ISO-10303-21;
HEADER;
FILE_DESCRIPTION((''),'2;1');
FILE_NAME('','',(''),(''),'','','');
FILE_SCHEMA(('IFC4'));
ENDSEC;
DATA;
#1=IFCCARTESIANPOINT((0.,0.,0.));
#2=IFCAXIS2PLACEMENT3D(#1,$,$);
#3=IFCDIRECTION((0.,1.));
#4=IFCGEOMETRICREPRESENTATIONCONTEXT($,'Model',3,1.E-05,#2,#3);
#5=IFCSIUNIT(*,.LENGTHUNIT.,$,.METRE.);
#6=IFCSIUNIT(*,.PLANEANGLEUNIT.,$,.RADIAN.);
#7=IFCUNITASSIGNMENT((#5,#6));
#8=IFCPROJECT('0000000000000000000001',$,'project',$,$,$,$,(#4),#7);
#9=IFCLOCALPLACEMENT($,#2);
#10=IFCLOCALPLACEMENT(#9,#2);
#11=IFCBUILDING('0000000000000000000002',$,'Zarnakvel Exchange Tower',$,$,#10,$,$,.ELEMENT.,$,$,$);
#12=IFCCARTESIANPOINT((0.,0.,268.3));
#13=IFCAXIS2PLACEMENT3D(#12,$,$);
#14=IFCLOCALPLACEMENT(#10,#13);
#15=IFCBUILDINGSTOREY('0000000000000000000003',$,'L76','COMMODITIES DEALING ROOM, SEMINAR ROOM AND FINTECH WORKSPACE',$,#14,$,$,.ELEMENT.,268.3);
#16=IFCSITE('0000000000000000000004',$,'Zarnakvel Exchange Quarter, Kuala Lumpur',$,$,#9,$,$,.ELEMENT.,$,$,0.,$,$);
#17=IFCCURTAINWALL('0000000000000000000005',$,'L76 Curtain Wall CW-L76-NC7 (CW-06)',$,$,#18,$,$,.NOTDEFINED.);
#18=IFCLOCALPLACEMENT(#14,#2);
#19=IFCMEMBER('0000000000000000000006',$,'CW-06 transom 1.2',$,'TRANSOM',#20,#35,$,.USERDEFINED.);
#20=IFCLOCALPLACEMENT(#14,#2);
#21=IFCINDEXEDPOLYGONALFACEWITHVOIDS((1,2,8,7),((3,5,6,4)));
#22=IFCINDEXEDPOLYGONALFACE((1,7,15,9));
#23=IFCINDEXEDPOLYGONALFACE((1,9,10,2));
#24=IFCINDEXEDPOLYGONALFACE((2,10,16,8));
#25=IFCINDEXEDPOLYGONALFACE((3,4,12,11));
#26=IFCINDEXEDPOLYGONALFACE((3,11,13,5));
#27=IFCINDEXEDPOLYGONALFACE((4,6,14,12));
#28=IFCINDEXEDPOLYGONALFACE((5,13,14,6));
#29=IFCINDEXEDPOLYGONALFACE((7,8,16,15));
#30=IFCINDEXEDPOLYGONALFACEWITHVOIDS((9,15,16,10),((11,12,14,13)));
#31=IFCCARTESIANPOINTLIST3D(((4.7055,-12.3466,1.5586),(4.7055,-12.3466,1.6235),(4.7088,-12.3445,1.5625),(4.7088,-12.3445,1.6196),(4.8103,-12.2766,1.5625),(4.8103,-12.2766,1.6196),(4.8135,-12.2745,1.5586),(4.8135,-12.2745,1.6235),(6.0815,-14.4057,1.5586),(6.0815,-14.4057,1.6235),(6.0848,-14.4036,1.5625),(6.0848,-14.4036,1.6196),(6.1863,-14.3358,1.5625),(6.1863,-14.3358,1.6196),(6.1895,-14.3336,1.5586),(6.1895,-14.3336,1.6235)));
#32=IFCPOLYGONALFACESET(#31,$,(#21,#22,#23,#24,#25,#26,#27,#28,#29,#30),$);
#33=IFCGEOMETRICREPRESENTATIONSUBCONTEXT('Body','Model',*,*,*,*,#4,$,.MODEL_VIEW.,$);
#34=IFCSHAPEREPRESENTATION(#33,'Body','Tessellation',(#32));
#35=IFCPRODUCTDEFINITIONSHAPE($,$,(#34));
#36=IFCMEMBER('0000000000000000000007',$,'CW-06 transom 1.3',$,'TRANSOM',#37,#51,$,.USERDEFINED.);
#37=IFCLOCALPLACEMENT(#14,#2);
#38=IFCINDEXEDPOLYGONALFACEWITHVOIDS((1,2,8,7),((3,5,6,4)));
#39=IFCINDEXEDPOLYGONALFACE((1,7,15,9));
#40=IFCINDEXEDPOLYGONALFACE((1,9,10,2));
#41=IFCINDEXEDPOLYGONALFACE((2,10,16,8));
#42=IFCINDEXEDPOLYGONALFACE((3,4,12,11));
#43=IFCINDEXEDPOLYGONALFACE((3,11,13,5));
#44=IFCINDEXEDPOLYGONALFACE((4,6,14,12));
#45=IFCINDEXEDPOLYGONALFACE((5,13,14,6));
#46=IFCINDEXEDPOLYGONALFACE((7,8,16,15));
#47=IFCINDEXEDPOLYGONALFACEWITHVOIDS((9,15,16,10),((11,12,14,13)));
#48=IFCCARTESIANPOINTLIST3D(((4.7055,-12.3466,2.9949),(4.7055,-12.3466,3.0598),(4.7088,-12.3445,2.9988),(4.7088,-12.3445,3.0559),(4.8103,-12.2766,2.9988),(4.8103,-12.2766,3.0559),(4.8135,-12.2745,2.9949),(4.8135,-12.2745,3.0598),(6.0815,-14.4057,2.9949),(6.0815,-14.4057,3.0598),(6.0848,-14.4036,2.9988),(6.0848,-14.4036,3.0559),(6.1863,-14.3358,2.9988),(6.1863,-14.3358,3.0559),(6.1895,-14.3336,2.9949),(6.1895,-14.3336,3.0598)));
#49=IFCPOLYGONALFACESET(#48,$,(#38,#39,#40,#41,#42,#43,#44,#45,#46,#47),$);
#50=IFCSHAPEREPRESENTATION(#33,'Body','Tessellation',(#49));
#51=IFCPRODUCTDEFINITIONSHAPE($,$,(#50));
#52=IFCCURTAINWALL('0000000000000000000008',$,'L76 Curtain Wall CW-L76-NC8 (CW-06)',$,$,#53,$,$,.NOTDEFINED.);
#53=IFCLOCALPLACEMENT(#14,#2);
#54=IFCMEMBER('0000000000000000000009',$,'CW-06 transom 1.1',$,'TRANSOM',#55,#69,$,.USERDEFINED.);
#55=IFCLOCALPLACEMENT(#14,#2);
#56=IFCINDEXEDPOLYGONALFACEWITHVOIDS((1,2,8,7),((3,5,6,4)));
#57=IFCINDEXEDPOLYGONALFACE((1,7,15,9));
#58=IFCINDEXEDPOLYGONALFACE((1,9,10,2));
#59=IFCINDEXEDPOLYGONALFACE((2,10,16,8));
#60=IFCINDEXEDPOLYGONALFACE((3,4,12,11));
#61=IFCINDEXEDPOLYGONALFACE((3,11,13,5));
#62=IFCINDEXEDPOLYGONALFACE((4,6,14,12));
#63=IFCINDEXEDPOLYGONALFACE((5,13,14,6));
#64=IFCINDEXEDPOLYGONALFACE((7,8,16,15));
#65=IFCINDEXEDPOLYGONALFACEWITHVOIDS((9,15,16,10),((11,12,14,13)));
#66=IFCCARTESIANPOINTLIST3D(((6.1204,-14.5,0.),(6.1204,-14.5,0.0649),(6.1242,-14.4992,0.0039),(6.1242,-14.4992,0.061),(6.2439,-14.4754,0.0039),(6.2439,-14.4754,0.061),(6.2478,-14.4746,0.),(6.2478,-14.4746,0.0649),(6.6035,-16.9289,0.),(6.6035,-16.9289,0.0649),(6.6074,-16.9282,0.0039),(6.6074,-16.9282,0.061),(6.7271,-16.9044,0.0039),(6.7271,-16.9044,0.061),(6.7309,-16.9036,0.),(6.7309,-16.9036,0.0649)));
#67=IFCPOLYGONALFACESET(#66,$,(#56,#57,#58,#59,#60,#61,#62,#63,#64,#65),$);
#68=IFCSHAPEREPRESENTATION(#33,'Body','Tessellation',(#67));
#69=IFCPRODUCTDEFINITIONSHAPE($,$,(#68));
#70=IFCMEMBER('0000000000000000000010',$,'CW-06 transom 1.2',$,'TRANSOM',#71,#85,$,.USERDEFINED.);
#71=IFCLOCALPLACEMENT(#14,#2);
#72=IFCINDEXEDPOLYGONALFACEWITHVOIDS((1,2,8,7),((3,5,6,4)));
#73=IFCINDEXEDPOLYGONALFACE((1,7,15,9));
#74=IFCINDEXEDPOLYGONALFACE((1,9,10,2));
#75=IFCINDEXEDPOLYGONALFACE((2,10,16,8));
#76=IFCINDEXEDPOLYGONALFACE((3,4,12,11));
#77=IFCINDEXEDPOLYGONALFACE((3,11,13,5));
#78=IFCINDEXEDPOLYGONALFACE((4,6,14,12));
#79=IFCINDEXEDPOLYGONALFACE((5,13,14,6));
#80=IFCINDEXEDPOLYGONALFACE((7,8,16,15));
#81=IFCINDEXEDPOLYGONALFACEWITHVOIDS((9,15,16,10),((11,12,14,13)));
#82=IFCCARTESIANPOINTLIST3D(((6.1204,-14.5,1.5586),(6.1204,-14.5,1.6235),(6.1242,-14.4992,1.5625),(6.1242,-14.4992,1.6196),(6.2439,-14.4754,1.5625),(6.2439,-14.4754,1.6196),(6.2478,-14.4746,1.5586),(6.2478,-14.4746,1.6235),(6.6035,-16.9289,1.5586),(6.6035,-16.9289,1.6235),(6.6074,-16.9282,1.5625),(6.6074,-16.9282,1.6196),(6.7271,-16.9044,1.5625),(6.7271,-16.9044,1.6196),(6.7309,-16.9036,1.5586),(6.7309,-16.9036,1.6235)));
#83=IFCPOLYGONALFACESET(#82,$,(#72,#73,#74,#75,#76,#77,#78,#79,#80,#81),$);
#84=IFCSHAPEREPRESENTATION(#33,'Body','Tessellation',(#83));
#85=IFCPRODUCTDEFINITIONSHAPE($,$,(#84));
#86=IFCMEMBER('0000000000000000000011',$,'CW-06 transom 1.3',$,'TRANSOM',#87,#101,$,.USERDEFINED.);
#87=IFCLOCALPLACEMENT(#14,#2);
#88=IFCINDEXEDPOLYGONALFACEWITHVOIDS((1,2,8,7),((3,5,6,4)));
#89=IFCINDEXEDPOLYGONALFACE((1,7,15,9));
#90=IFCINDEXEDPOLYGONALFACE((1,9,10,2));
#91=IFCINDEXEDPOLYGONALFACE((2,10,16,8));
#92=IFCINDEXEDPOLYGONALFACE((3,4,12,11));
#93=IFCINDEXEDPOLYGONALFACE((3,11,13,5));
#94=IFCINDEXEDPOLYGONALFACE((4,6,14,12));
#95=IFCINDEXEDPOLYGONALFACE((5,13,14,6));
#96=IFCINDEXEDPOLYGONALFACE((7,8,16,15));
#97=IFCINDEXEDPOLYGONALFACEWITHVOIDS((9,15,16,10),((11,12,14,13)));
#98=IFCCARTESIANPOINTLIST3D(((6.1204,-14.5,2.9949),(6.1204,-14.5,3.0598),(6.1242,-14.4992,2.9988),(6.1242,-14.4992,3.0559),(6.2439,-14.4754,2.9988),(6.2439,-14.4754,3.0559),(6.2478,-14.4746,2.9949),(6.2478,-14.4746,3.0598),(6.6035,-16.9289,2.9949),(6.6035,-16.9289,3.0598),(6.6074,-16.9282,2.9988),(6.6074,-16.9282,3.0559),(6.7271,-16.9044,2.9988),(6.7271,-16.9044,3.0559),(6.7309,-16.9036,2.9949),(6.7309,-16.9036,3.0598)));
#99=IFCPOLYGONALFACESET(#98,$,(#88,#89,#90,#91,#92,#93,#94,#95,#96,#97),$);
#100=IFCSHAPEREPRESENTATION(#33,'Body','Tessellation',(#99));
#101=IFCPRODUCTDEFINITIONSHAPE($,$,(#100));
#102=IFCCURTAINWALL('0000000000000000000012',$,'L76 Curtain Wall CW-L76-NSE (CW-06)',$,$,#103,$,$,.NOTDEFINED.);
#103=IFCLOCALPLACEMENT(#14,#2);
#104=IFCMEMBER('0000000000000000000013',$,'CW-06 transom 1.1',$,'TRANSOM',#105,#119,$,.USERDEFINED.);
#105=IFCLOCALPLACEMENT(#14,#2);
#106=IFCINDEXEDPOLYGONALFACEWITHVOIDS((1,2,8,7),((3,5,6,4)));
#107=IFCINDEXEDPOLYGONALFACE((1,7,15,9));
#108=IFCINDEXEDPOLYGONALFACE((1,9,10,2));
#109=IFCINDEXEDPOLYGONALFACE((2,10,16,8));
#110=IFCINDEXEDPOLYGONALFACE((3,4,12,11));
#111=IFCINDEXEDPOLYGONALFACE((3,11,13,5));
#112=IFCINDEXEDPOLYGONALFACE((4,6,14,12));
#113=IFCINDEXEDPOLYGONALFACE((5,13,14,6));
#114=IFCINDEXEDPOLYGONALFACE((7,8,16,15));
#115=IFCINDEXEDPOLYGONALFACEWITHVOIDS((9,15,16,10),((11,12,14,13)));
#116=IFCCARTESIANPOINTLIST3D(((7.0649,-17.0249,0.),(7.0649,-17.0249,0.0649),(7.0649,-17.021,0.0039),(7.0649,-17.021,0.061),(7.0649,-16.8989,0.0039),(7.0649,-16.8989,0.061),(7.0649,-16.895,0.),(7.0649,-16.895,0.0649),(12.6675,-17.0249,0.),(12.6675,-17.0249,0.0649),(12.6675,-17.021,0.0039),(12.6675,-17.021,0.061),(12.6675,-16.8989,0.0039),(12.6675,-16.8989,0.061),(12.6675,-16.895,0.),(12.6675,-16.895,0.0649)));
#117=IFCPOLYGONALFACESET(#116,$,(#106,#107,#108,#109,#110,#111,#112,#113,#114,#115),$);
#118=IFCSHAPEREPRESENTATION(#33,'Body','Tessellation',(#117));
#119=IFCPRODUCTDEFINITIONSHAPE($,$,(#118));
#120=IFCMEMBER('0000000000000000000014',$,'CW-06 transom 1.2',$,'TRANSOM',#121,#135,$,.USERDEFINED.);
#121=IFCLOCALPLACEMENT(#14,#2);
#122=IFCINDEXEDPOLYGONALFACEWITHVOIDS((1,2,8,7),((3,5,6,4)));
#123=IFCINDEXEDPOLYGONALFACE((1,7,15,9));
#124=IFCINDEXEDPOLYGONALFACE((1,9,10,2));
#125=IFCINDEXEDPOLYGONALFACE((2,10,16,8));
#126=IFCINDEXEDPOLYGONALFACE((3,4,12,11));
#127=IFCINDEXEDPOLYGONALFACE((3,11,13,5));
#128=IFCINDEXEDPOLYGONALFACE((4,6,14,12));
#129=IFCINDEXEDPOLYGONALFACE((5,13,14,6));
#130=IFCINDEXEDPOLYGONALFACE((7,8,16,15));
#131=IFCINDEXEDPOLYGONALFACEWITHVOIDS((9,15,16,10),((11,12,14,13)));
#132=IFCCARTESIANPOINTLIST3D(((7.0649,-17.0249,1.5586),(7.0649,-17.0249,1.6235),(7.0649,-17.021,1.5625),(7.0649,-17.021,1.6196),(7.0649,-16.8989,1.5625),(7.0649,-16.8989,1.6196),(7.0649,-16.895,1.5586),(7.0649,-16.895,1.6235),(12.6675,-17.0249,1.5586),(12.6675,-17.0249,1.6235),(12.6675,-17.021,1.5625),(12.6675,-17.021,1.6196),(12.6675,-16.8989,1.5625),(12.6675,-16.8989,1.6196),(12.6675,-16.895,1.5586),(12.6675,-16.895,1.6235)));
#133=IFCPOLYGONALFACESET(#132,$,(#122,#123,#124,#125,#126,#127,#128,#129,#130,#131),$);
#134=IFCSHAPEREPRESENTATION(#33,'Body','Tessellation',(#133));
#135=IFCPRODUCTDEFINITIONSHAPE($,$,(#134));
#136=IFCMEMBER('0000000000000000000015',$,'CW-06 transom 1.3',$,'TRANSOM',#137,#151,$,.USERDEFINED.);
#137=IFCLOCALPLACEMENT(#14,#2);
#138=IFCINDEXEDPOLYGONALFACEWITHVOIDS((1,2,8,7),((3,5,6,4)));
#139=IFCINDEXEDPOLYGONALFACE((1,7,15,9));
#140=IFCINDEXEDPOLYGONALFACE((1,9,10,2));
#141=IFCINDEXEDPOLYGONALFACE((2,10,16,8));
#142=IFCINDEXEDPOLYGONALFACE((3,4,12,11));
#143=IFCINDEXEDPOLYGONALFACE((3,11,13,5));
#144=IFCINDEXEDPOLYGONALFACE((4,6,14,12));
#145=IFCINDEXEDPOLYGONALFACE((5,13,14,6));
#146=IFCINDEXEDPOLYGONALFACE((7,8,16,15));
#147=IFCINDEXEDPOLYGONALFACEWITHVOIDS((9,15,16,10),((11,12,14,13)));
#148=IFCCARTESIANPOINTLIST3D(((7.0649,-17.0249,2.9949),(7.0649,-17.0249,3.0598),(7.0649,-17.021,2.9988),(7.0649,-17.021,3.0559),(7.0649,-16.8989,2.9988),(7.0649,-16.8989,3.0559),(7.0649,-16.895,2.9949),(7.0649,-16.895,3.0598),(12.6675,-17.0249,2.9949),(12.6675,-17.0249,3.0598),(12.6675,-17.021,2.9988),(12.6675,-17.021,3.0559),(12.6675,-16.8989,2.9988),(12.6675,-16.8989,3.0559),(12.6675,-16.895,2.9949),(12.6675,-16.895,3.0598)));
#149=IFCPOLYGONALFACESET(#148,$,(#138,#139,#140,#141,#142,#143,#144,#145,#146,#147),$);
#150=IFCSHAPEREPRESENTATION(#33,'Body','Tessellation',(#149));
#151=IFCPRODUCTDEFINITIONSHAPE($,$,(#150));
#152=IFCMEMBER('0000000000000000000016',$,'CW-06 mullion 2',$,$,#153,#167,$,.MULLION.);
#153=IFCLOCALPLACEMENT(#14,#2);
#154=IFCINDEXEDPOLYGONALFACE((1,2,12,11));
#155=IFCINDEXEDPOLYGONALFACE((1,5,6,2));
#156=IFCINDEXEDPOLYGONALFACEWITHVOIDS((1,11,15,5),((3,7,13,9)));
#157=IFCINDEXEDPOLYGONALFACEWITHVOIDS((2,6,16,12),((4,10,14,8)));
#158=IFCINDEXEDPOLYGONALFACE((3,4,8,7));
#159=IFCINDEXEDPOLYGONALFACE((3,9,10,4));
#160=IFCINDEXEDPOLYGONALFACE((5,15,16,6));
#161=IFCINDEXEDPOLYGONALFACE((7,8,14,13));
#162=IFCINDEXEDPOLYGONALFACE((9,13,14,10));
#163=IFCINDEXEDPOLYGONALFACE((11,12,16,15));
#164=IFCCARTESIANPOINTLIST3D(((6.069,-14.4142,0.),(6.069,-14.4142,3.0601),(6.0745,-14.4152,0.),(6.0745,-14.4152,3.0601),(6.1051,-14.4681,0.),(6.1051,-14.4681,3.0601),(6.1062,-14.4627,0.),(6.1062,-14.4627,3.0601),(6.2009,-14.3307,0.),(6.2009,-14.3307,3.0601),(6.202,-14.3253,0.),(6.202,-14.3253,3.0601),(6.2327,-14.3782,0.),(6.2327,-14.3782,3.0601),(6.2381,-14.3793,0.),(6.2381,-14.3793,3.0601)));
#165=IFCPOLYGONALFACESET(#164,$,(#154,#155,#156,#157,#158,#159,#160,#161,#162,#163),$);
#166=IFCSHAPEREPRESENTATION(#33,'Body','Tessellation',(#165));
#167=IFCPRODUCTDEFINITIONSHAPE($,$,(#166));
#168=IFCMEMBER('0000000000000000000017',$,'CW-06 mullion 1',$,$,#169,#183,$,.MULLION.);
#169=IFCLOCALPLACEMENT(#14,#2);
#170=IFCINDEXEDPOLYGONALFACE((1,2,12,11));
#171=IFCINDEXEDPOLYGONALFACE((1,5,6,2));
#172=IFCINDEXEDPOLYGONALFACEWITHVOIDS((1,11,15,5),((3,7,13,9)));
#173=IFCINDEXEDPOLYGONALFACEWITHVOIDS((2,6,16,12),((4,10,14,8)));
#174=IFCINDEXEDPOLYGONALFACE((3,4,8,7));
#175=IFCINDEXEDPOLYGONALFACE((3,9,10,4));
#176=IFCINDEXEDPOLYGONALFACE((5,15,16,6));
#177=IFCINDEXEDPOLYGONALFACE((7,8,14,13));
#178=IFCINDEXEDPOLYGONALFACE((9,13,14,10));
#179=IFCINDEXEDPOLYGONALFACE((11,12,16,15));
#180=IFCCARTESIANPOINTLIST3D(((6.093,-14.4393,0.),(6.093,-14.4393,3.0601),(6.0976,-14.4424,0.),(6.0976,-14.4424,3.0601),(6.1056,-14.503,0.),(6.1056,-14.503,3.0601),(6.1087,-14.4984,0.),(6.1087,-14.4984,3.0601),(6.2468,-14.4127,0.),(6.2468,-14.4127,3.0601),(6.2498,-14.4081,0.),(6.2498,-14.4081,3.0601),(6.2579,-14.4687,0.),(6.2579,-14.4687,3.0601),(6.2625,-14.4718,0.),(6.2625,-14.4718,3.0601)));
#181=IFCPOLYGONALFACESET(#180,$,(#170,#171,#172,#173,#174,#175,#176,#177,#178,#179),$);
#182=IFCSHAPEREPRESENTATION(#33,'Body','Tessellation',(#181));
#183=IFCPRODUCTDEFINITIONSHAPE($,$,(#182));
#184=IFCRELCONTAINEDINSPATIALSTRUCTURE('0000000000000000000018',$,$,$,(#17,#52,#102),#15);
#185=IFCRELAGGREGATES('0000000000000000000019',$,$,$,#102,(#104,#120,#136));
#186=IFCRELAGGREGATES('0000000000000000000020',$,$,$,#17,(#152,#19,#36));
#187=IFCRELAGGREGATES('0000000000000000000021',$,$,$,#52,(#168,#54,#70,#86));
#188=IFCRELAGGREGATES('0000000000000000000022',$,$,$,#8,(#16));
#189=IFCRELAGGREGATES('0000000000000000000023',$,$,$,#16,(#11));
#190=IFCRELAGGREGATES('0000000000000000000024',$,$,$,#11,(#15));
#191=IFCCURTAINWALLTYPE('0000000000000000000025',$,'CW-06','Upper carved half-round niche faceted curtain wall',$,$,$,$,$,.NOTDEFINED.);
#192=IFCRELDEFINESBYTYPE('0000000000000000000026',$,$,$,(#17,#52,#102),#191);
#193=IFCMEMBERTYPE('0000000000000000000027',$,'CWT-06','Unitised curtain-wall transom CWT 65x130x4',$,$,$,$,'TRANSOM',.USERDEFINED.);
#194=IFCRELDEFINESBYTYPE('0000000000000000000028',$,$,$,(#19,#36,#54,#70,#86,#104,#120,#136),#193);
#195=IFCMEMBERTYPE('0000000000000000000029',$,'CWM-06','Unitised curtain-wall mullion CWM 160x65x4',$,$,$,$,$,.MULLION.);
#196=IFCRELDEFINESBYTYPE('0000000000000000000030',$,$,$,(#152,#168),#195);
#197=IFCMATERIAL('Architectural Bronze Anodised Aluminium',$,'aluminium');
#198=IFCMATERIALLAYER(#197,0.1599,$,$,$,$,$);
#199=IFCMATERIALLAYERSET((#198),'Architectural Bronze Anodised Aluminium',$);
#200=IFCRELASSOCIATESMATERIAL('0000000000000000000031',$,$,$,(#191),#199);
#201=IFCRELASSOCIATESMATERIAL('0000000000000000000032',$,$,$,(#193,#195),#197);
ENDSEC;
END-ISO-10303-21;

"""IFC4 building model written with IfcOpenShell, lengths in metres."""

from ifc_helpers import new_model, si_unit, direction, frame, origin, origin_2d, place, context, subcontext, project, spatial, hollow_rectangle, extrude, source, transform, mapped, material, layer, layer_set, material_profile, profile_set, type_object, element, aggregate, save


model = new_model("IFC4")

# Units and contexts
model_context = context("Model", 3, precision=1e-05, world=origin(), true_north=direction((0.0, 1.0)))
body_context = subcontext(model_context, "Body", "Model", "MODEL_VIEW")
ifc_project = project(units=[si_unit("LENGTHUNIT", "METRE"), si_unit("PLANEANGLEUNIT", "RADIAN")], contexts=[model_context])

# Site, building, storey
site_placement = place(None, origin())
site = spatial("IfcSite", under=ifc_project, at=site_placement, Name="Zarnakvel Exchange Quarter, Kuala Lumpur", CompositionType="ELEMENT", RefElevation=0.0)
building_placement = place(site_placement, origin())
building = spatial("IfcBuilding", under=site, at=building_placement, Name="Zarnakvel Exchange Tower", CompositionType="ELEMENT")
storey_placement = place(building_placement, frame((0.0, 0.0, 268.3)))
storey = spatial("IfcBuildingStorey", under=building, at=storey_placement, Name="L76", Description="COMMODITIES DEALING ROOM, SEMINAR ROOM AND FINTECH WORKSPACE", CompositionType="ELEMENT", Elevation=268.3)

# Curtain walls, members
ifc_material_1 = material(Name="Architectural Bronze Anodised Aluminium", Category="aluminium")
ifc_layer_1 = layer(ifc_material_1, 0.1599)
ifc_layer_set_1 = layer_set([ifc_layer_1], Name="Architectural Bronze Anodised Aluminium")
curtain_wall_type = type_object("IfcCurtainWallType", Name="CW-06", Description="Upper carved half-round niche faceted curtain wall", PredefinedType="NOTDEFINED", material=ifc_layer_set_1)
curtain_wall_1_placement = place(storey_placement, origin())
curtain_wall_1 = element("IfcCurtainWall", 1, at=curtain_wall_1_placement, inside=storey, type_object=curtain_wall_type, Name="L76 Curtain Wall CW-L76-NC7 (CW-06)", PredefinedType="NOTDEFINED")
ifc_material_profile_1 = material_profile(ifc_material_1, hollow_rectangle(XDim=0.1299, YDim=0.0649, WallThickness=0.0039, at=origin_2d()))
ifc_profile_set_1 = profile_set([ifc_material_profile_1], Name="Architectural Bronze Anodised Aluminium")
member_type_1 = type_object("IfcMemberType", Name="CWT-06", Description="Unitised curtain-wall transom CWT 65x130x4", ElementType="TRANSOM", PredefinedType="USERDEFINED", material=ifc_profile_set_1)
shared_shape_1 = source(origin(), body_context, "Body", "SweptSolid", [
    extrude(hollow_rectangle(XDim=0.1299, YDim=0.0649, WallThickness=0.0039, at=origin_2d()), origin(), (0.0, 0.0, 1.0), 2.4766),
])
member_1_placement = place(storey_placement, frame((4.7595, -12.3105, 1.5911), z_axis=(0.55561, -0.831443, 0.0), x_axis=(0.831443, 0.55561, 0.0)))
member_1 = element("IfcMember", 2, at=member_1_placement, type_object=member_type_1, Name="CW-06 transom 1.2", ObjectType="TRANSOM", PredefinedType="USERDEFINED", context=body_context, shape_type="MappedRepresentation", body=[
    mapped(shared_shape_1, transform((0.0, 0.0, 0.0), x_axis=(1.0, 0.0, 0.0), y_axis=(0.0, 1.0, 0.0), z_axis=(0.0, 0.0, 1.0), scale=1.0)),
])
member_2_placement = place(storey_placement, frame((4.7595, -12.3105, 3.0273), z_axis=(0.55561, -0.831443, 0.0), x_axis=(0.831443, 0.55561, 0.0)))
member_2 = element("IfcMember", 3, at=member_2_placement, type_object=member_type_1, Name="CW-06 transom 1.3", ObjectType="TRANSOM", PredefinedType="USERDEFINED", context=body_context, shape_type="MappedRepresentation", body=[
    mapped(shared_shape_1, transform((0.0, 0.0, 0.0), x_axis=(1.0, 0.0, 0.0), y_axis=(0.0, 1.0, 0.0), z_axis=(0.0, 0.0, 1.0), scale=1.0)),
])
curtain_wall_2_placement = place(storey_placement, origin())
curtain_wall_2 = element("IfcCurtainWall", 4, at=curtain_wall_2_placement, inside=storey, type_object=curtain_wall_type, Name="L76 Curtain Wall CW-L76-NC8 (CW-06)", PredefinedType="NOTDEFINED")
member_3_placement = place(storey_placement, frame((6.1841, -14.4873, 0.0325), z_axis=(0.195092, -0.980785, 0.0), x_axis=(0.980785, 0.195092, 0.0)))
member_3 = element("IfcMember", 5, at=member_3_placement, type_object=member_type_1, Name="CW-06 transom 1.1", ObjectType="TRANSOM", PredefinedType="USERDEFINED", context=body_context, shape_type="MappedRepresentation", body=[
    mapped(shared_shape_1, transform((0.0, 0.0, 0.0), x_axis=(1.0, 0.0, 0.0), y_axis=(0.0, 1.0, 0.0), z_axis=(0.0, 0.0, 1.0), scale=1.0)),
])
member_4_placement = place(storey_placement, frame((6.1841, -14.4873, 1.5911), z_axis=(0.195092, -0.980785, 0.0), x_axis=(0.980785, 0.195092, 0.0)))
member_4 = element("IfcMember", 6, at=member_4_placement, type_object=member_type_1, Name="CW-06 transom 1.2", ObjectType="TRANSOM", PredefinedType="USERDEFINED", context=body_context, shape_type="MappedRepresentation", body=[
    mapped(shared_shape_1, transform((0.0, 0.0, 0.0), x_axis=(1.0, 0.0, 0.0), y_axis=(0.0, 1.0, 0.0), z_axis=(0.0, 0.0, 1.0), scale=1.0)),
])
member_5_placement = place(storey_placement, frame((6.1841, -14.4873, 3.0273), z_axis=(0.195092, -0.980785, 0.0), x_axis=(0.980785, 0.195092, 0.0)))
member_5 = element("IfcMember", 7, at=member_5_placement, type_object=member_type_1, Name="CW-06 transom 1.3", ObjectType="TRANSOM", PredefinedType="USERDEFINED", context=body_context, shape_type="MappedRepresentation", body=[
    mapped(shared_shape_1, transform((0.0, 0.0, 0.0), x_axis=(1.0, 0.0, 0.0), y_axis=(0.0, 1.0, 0.0), z_axis=(0.0, 0.0, 1.0), scale=1.0)),
])
curtain_wall_3_placement = place(storey_placement, origin())
curtain_wall_3 = element("IfcCurtainWall", 8, at=curtain_wall_3_placement, inside=storey, type_object=curtain_wall_type, Name="L76 Curtain Wall CW-L76-NSE (CW-06)", PredefinedType="NOTDEFINED")
shared_shape_2 = source(origin(), body_context, "Body", "SweptSolid", [
    extrude(hollow_rectangle(XDim=0.1299, YDim=0.0649, WallThickness=0.0039, at=origin_2d()), origin(), (0.0, 0.0, 1.0), 5.6025),
])
member_6_placement = place(storey_placement, frame((7.0649, -16.96, 0.0325), z_axis=(1.0, 0.0, 0.0), x_axis=(0.0, 1.0, 0.0)))
member_6 = element("IfcMember", 9, at=member_6_placement, type_object=member_type_1, Name="CW-06 transom 1.1", ObjectType="TRANSOM", PredefinedType="USERDEFINED", context=body_context, shape_type="MappedRepresentation", body=[
    mapped(shared_shape_2, transform((0.0, 0.0, 0.0), x_axis=(1.0, 0.0, 0.0), y_axis=(0.0, 1.0, 0.0), z_axis=(0.0, 0.0, 1.0), scale=1.0)),
])
member_7_placement = place(storey_placement, frame((7.0649, -16.96, 1.5911), z_axis=(1.0, 0.0, 0.0), x_axis=(0.0, 1.0, 0.0)))
member_7 = element("IfcMember", 10, at=member_7_placement, type_object=member_type_1, Name="CW-06 transom 1.2", ObjectType="TRANSOM", PredefinedType="USERDEFINED", context=body_context, shape_type="MappedRepresentation", body=[
    mapped(shared_shape_2, transform((0.0, 0.0, 0.0), x_axis=(1.0, 0.0, 0.0), y_axis=(0.0, 1.0, 0.0), z_axis=(0.0, 0.0, 1.0), scale=1.0)),
])
member_8_placement = place(storey_placement, frame((7.0649, -16.96, 3.0273), z_axis=(1.0, 0.0, 0.0), x_axis=(0.0, 1.0, 0.0)))
member_8 = element("IfcMember", 11, at=member_8_placement, type_object=member_type_1, Name="CW-06 transom 1.3", ObjectType="TRANSOM", PredefinedType="USERDEFINED", context=body_context, shape_type="MappedRepresentation", body=[
    mapped(shared_shape_2, transform((0.0, 0.0, 0.0), x_axis=(1.0, 0.0, 0.0), y_axis=(0.0, 1.0, 0.0), z_axis=(0.0, 0.0, 1.0), scale=1.0)),
])

# Members
ifc_material_profile_2 = material_profile(ifc_material_1, hollow_rectangle(XDim=0.1599, YDim=0.0649, WallThickness=0.0039, at=origin_2d()))
ifc_profile_set_2 = profile_set([ifc_material_profile_2], Name="Architectural Bronze Anodised Aluminium")
member_type_2 = type_object("IfcMemberType", Name="CWM-06", Description="Unitised curtain-wall mullion CWM 160x65x4", PredefinedType="MULLION", material=ifc_profile_set_2)
shared_shape_3 = source(origin(), body_context, "Body", "SweptSolid", [
    extrude(hollow_rectangle(XDim=0.1599, YDim=0.0649, WallThickness=0.0039, at=origin_2d()), origin(), (0.0, 0.0, 1.0), 3.0601),
])
member_9_placement = place(storey_placement, frame((6.1536, -14.3967, 0.0), z_axis=(0.0, 0.0, 1.0), x_axis=(0.83147, 0.55557, 0.0)))
member_9 = element("IfcMember", 12, at=member_9_placement, type_object=member_type_2, Name="CW-06 mullion 2", PredefinedType="MULLION", context=body_context, shape_type="MappedRepresentation", body=[
    mapped(shared_shape_3, transform((0.0, 0.0, 0.0), x_axis=(1.0, 0.0, 0.0), y_axis=(0.0, 1.0, 0.0), z_axis=(0.0, 0.0, 1.0), scale=1.0)),
])
member_10_placement = place(storey_placement, frame((6.1777, -14.4556, 0.0), z_axis=(0.0, 0.0, 1.0), x_axis=(0.980785, 0.19509, 0.0)))
member_10 = element("IfcMember", 13, at=member_10_placement, type_object=member_type_2, Name="CW-06 mullion 1", PredefinedType="MULLION", context=body_context, shape_type="MappedRepresentation", body=[
    mapped(shared_shape_3, transform((0.0, 0.0, 0.0), x_axis=(1.0, 0.0, 0.0), y_axis=(0.0, 1.0, 0.0), z_axis=(0.0, 0.0, 1.0), scale=1.0)),
])
aggregate(curtain_wall_3, [member_6, member_7, member_8])

aggregate(curtain_wall_1, [member_9, member_1, member_2])
aggregate(curtain_wall_2, [member_10, member_3, member_4, member_5])

save(model, "model.ifc")
